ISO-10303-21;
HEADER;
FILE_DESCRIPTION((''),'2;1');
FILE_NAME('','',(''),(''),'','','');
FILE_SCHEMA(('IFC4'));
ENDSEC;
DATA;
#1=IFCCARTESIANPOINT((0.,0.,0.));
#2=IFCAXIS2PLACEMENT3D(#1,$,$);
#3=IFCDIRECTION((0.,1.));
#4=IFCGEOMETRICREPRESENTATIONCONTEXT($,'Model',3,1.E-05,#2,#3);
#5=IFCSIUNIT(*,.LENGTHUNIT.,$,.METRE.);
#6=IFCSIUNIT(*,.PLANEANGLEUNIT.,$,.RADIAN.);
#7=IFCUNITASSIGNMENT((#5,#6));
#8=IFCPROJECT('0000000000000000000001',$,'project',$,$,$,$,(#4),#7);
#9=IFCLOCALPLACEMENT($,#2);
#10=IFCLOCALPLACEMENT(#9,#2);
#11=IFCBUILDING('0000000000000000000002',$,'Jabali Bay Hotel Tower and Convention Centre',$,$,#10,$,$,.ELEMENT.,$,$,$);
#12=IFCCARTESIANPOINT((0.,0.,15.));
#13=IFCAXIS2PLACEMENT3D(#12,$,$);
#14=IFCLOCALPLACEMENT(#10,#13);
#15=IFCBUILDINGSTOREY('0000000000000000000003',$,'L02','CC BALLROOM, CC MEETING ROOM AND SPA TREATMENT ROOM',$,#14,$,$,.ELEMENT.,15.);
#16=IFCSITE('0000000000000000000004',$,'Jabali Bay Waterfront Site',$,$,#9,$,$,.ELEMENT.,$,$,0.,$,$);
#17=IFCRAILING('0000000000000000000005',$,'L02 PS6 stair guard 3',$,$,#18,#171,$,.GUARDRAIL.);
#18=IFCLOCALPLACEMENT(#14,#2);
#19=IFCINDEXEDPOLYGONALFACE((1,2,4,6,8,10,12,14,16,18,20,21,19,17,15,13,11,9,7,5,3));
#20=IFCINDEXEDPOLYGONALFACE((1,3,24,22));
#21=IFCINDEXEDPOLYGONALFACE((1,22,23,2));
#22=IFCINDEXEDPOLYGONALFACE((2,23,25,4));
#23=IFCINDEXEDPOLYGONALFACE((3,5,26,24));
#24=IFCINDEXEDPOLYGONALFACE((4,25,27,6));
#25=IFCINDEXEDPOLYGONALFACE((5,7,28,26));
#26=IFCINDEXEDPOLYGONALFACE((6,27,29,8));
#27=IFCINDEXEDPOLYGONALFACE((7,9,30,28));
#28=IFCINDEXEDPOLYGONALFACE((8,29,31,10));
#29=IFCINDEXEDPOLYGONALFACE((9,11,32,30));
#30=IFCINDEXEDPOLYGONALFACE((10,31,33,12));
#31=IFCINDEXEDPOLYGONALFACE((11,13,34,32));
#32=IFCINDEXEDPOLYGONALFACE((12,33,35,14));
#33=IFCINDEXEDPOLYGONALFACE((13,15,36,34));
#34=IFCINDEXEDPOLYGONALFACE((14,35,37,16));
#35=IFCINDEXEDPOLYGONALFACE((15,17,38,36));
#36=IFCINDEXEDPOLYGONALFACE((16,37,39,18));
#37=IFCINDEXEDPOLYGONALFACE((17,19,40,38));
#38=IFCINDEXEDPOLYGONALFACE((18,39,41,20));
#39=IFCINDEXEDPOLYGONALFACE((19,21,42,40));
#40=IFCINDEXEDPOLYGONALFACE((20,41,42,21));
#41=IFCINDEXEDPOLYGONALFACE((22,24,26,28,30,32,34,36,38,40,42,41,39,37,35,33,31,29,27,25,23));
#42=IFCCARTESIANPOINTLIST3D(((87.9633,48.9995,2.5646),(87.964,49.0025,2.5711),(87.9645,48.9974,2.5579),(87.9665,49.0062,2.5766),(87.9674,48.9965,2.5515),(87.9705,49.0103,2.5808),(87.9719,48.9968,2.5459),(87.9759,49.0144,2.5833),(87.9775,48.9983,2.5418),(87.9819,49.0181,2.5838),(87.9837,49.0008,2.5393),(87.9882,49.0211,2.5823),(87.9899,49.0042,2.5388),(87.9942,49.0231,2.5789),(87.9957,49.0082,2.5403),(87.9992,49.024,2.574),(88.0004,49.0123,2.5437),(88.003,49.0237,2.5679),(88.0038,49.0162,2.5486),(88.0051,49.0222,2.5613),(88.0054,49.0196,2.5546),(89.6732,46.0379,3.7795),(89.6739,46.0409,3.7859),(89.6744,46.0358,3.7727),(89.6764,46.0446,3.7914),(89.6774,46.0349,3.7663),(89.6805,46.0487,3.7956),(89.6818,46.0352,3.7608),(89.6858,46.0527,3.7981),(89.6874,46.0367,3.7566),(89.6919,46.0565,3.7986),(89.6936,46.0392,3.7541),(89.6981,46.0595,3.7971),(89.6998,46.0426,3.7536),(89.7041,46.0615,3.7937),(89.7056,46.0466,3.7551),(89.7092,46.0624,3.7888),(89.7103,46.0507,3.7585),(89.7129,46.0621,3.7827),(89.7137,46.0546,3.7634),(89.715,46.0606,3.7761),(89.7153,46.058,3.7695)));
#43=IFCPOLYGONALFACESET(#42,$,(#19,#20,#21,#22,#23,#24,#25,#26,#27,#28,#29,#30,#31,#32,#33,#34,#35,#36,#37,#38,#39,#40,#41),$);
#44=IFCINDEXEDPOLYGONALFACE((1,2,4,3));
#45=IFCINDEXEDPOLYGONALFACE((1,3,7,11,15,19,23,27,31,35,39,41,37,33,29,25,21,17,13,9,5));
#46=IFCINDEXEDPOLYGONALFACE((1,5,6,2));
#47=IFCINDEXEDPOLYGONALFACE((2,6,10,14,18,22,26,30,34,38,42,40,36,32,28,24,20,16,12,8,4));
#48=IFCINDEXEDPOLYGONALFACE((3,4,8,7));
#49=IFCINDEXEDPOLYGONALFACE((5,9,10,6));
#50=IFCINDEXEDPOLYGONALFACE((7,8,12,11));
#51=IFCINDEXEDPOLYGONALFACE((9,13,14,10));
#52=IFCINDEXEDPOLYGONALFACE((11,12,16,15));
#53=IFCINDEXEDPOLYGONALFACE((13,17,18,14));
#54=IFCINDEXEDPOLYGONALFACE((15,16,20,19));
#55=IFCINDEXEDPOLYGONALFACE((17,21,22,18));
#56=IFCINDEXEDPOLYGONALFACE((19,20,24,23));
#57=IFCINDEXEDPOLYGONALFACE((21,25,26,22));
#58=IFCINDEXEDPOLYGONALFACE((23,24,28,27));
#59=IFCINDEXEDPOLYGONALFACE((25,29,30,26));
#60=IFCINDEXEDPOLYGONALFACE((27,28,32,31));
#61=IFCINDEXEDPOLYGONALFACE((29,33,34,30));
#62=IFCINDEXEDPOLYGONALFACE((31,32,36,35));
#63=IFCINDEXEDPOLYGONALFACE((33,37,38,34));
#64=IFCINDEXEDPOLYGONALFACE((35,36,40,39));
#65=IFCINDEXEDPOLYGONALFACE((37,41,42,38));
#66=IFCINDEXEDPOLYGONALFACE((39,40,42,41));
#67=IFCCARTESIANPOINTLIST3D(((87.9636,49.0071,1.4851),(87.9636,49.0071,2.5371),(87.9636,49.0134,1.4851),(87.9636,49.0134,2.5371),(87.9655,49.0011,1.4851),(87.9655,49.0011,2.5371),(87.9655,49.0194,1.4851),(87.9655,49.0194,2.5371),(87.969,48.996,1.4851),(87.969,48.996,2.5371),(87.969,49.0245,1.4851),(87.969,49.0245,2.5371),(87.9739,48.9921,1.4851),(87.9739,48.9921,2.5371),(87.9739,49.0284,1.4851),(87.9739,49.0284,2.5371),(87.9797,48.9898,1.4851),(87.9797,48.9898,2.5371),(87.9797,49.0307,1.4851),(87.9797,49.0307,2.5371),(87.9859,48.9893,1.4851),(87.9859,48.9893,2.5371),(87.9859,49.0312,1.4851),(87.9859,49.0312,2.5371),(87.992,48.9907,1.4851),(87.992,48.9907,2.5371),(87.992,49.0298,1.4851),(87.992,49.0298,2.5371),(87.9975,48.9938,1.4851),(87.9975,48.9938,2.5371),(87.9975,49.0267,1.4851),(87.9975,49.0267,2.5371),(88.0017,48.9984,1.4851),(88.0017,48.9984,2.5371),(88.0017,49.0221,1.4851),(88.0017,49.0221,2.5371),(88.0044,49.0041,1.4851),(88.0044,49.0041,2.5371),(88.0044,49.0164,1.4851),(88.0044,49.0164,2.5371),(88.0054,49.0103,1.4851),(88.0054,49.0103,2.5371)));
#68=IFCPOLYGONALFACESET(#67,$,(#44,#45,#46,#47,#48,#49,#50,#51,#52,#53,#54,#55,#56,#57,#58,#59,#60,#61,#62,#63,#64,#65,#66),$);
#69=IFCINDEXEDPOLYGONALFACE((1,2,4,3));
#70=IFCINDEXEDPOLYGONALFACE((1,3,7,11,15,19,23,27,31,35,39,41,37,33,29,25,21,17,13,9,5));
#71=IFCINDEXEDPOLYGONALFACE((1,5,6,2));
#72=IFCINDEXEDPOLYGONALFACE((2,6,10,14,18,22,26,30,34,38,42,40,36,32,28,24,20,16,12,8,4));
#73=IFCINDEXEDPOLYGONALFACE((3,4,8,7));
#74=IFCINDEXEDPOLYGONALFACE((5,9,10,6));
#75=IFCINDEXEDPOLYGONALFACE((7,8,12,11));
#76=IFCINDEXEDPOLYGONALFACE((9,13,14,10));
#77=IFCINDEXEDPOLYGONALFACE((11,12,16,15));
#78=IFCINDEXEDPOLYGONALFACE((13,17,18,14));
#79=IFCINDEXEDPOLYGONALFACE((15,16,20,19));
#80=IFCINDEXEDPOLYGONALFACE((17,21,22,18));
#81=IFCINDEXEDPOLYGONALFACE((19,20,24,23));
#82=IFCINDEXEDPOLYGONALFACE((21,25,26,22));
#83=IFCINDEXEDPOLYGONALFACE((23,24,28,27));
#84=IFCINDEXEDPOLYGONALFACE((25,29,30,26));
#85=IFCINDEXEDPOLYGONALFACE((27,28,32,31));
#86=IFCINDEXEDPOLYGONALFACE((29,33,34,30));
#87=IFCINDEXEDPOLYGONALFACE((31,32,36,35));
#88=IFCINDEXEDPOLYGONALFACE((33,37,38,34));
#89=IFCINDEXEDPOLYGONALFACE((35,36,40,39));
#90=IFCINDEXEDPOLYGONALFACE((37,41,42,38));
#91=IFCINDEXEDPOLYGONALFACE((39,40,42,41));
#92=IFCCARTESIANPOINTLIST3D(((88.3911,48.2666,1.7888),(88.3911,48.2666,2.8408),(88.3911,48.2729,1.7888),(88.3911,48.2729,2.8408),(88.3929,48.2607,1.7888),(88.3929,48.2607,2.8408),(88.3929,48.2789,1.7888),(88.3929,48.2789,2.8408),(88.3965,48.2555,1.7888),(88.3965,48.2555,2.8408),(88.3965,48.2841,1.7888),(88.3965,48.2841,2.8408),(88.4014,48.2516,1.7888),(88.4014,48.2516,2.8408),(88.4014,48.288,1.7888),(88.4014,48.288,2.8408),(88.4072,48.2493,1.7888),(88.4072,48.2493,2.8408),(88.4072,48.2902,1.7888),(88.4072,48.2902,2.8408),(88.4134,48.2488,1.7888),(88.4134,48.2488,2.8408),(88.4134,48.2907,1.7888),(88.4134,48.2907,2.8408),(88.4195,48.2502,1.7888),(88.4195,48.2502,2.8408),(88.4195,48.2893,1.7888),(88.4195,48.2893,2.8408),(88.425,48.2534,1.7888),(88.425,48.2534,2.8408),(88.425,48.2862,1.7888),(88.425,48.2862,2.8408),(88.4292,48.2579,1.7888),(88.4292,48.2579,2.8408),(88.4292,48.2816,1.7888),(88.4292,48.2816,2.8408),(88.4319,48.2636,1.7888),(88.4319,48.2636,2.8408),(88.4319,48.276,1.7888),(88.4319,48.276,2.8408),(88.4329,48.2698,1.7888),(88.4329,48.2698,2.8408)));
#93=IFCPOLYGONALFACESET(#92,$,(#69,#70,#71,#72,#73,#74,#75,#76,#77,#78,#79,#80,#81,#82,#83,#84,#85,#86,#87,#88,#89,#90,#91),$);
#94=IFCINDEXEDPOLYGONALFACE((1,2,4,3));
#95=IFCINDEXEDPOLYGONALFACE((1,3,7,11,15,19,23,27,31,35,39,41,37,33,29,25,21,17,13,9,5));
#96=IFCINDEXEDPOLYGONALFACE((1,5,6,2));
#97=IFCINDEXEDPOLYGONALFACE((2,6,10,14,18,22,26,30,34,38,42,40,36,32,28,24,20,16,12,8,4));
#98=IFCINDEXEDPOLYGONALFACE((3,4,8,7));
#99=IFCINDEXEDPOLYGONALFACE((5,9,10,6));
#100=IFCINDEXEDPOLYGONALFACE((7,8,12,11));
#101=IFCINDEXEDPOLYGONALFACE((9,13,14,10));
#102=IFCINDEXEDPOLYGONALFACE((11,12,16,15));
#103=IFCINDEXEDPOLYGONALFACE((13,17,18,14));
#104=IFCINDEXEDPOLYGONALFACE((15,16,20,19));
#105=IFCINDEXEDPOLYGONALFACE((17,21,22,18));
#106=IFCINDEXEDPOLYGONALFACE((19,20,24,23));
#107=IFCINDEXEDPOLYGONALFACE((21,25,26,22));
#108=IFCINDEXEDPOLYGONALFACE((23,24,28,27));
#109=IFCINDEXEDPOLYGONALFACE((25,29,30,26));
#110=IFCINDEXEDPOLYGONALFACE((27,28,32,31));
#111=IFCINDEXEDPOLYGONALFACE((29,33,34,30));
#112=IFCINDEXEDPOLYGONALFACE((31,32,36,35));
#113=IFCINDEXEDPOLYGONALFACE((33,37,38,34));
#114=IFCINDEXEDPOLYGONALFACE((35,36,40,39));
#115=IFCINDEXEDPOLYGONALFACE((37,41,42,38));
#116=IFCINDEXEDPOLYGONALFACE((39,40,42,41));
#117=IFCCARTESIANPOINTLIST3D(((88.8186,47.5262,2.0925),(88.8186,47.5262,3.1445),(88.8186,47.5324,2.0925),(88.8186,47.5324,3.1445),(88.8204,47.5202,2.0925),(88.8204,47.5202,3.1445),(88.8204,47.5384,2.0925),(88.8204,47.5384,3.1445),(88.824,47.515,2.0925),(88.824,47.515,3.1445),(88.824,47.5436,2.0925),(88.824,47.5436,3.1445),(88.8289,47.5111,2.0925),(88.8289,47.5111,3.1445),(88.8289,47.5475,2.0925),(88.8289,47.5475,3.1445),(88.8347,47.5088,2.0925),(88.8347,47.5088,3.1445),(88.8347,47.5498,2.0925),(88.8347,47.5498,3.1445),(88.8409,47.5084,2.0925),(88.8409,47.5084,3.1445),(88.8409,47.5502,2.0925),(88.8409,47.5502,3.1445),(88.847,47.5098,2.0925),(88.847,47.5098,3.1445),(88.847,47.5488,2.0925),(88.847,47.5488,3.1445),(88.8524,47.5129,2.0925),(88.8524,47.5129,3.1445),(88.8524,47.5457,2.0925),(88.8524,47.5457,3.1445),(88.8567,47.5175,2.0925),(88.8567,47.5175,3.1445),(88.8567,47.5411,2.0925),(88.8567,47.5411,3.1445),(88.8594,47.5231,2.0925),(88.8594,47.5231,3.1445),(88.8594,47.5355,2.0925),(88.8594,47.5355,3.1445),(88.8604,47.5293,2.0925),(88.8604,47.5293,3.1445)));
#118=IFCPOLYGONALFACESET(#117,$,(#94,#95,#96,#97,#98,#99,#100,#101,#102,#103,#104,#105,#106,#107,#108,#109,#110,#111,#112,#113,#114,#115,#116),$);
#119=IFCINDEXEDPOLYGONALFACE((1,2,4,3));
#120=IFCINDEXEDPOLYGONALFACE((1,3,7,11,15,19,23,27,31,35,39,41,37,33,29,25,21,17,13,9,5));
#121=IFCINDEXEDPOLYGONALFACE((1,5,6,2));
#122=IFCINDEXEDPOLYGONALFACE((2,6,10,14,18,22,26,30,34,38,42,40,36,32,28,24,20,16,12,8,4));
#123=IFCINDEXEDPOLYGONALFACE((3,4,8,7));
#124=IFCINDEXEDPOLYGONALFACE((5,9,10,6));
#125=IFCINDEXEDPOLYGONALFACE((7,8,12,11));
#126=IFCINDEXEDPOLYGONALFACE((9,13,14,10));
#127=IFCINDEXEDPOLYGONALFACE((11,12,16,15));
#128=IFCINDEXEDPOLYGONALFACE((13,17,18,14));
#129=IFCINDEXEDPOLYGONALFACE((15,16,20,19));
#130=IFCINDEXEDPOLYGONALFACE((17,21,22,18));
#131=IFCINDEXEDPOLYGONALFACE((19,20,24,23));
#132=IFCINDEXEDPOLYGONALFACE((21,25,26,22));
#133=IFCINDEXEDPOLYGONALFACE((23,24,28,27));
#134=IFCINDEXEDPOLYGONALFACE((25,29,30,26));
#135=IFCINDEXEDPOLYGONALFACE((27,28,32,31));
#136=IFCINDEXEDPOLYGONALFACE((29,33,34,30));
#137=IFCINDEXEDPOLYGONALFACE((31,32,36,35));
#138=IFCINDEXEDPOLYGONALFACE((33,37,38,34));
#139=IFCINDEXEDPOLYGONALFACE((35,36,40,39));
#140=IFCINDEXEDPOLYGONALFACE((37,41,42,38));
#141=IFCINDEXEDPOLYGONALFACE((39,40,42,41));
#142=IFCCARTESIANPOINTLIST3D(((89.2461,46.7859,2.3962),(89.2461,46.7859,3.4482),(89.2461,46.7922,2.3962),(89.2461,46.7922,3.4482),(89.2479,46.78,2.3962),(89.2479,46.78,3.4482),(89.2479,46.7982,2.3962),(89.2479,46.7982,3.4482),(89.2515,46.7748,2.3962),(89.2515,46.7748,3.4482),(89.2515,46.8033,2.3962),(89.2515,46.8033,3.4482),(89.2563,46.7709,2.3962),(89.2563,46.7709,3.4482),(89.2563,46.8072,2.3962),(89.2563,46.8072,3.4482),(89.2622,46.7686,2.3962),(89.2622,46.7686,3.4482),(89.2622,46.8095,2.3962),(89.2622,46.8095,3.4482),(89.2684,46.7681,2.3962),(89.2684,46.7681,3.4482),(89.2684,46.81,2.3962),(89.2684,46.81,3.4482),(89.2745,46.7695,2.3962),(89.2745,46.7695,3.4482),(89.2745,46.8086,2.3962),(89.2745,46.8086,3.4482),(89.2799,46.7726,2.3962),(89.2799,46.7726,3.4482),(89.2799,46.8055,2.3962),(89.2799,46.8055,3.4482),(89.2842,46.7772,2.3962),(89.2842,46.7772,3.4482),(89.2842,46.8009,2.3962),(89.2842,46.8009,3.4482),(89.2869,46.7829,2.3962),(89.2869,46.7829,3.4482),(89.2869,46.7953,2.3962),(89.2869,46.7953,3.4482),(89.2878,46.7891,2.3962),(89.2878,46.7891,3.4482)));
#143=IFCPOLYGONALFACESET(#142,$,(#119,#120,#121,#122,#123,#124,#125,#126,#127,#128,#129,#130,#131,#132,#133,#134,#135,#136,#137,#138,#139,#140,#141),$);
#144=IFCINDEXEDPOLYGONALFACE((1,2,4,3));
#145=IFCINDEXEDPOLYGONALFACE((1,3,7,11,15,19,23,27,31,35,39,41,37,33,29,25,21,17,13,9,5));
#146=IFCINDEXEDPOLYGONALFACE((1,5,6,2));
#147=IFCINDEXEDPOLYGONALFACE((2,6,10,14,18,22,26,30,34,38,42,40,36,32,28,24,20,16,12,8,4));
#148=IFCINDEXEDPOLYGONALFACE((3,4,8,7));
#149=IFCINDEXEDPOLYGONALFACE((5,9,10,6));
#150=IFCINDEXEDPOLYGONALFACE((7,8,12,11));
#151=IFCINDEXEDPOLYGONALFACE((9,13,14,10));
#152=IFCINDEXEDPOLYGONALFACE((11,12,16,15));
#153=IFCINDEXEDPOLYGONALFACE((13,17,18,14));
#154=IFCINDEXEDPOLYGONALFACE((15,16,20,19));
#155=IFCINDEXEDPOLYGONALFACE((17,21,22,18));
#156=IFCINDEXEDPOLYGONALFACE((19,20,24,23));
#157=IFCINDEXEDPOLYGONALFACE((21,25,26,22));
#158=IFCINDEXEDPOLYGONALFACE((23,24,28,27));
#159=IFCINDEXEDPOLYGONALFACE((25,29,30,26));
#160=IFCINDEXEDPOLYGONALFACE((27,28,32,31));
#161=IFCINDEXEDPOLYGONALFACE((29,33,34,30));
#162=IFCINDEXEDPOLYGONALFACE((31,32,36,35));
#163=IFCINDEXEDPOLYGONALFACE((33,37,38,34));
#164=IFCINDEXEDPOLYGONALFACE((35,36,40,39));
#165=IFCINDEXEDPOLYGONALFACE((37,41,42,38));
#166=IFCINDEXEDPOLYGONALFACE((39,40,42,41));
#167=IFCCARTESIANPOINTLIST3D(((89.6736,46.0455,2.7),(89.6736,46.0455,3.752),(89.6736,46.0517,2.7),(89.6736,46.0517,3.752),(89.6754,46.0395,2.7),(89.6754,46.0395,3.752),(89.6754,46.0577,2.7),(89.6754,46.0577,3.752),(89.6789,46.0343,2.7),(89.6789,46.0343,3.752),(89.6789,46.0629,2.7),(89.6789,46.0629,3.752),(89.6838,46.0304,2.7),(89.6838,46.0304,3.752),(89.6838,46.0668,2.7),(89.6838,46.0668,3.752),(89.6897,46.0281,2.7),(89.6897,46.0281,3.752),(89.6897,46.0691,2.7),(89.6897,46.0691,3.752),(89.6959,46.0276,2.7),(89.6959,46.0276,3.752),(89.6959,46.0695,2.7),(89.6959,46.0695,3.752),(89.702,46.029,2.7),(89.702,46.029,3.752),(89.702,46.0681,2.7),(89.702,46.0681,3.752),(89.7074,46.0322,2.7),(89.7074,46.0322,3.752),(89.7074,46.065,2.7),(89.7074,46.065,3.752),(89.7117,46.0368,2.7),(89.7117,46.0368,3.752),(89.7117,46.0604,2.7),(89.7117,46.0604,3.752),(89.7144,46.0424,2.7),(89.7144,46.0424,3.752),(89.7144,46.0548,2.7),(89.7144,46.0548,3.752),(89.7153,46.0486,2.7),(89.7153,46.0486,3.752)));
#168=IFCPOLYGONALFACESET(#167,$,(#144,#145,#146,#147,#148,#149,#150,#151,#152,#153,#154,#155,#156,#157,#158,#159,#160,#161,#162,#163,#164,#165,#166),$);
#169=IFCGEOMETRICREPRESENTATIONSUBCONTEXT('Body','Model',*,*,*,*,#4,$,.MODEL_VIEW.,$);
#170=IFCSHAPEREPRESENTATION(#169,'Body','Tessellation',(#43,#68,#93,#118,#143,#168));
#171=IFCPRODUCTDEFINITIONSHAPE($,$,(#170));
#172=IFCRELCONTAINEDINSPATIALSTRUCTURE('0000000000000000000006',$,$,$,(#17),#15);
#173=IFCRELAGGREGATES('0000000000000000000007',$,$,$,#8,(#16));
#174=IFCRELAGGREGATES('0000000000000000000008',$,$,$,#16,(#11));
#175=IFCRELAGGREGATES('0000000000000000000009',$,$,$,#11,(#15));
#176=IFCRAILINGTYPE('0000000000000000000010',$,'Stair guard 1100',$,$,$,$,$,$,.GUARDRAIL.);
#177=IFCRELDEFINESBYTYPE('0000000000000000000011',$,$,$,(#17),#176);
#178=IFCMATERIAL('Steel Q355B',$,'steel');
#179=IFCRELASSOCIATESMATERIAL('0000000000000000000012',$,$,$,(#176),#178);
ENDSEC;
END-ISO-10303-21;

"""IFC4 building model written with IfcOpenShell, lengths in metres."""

from ifc_helpers import new_model, si_unit, direction, frame, origin, origin_2d, place, context, subcontext, project, spatial, circle, extrude, material, type_object, element, save


model = new_model("IFC4")

# Units and contexts
model_context = context("Model", 3, precision=1e-05, world=origin(), true_north=direction((0.0, 1.0)))
body_context = subcontext(model_context, "Body", "Model", "MODEL_VIEW")
ifc_project = project(units=[si_unit("LENGTHUNIT", "METRE"), si_unit("PLANEANGLEUNIT", "RADIAN")], contexts=[model_context])

# Site, building, storey
site_placement = place(None, origin())
site = spatial("IfcSite", under=ifc_project, at=site_placement, Name="Jabali Bay Waterfront Site", CompositionType="ELEMENT", RefElevation=0.0)
building_placement = place(site_placement, origin())
building = spatial("IfcBuilding", under=site, at=building_placement, Name="Jabali Bay Hotel Tower and Convention Centre", CompositionType="ELEMENT")
storey_placement = place(building_placement, frame((0.0, 0.0, 15.0)))
storey = spatial("IfcBuildingStorey", under=building, at=storey_placement, Name="L02", Description="CC BALLROOM, CC MEETING ROOM AND SPA TREATMENT ROOM", CompositionType="ELEMENT", Elevation=15.0)

# Railing
ifc_material_1 = material(Name="Steel Q355B", Category="steel")
railing_type_1 = type_object("IfcRailingType", Name="Stair guard 1100", PredefinedType="GUARDRAIL", material=ifc_material_1)
railing_1_placement = place(storey_placement, frame((87.9844, 49.0103, 1.4851)))
element("IfcRailing", 1, at=railing_1_placement, inside=storey, type_object=railing_type_1, Name="L02 PS6 stair guard 3", PredefinedType="GUARDRAIL", context=body_context, shape_type="SweptSolid", body=[
    extrude(circle(Radius=0.0239, at=origin_2d()), frame((0.0, 0.0, 1.0762), z_axis=(0.471164, -0.81606, 0.334739), x_axis=(0.86602, 0.500009, 0.0)), (0.0, 0.0, 1.0), 3.6292),
    extrude(circle(Radius=0.021, at=origin_2d()), origin(), (0.0, 0.0, 1.0), 1.052),
    extrude(circle(Radius=0.021, at=origin_2d()), frame((0.4275, -0.7405, 0.3037)), (0.0, 0.0, 1.0), 1.052),
    extrude(circle(Radius=0.021, at=origin_2d()), frame((0.855, -1.481, 0.6074)), (0.0, 0.0, 1.0), 1.052),
    extrude(circle(Radius=0.021, at=origin_2d()), frame((1.2825, -2.2212, 0.9111)), (0.0, 0.0, 1.0), 1.052),
    extrude(circle(Radius=0.021, at=origin_2d()), frame((1.71, -2.9617, 1.2148)), (0.0, 0.0, 1.0), 1.052),
])

save(model, "model.ifc")
